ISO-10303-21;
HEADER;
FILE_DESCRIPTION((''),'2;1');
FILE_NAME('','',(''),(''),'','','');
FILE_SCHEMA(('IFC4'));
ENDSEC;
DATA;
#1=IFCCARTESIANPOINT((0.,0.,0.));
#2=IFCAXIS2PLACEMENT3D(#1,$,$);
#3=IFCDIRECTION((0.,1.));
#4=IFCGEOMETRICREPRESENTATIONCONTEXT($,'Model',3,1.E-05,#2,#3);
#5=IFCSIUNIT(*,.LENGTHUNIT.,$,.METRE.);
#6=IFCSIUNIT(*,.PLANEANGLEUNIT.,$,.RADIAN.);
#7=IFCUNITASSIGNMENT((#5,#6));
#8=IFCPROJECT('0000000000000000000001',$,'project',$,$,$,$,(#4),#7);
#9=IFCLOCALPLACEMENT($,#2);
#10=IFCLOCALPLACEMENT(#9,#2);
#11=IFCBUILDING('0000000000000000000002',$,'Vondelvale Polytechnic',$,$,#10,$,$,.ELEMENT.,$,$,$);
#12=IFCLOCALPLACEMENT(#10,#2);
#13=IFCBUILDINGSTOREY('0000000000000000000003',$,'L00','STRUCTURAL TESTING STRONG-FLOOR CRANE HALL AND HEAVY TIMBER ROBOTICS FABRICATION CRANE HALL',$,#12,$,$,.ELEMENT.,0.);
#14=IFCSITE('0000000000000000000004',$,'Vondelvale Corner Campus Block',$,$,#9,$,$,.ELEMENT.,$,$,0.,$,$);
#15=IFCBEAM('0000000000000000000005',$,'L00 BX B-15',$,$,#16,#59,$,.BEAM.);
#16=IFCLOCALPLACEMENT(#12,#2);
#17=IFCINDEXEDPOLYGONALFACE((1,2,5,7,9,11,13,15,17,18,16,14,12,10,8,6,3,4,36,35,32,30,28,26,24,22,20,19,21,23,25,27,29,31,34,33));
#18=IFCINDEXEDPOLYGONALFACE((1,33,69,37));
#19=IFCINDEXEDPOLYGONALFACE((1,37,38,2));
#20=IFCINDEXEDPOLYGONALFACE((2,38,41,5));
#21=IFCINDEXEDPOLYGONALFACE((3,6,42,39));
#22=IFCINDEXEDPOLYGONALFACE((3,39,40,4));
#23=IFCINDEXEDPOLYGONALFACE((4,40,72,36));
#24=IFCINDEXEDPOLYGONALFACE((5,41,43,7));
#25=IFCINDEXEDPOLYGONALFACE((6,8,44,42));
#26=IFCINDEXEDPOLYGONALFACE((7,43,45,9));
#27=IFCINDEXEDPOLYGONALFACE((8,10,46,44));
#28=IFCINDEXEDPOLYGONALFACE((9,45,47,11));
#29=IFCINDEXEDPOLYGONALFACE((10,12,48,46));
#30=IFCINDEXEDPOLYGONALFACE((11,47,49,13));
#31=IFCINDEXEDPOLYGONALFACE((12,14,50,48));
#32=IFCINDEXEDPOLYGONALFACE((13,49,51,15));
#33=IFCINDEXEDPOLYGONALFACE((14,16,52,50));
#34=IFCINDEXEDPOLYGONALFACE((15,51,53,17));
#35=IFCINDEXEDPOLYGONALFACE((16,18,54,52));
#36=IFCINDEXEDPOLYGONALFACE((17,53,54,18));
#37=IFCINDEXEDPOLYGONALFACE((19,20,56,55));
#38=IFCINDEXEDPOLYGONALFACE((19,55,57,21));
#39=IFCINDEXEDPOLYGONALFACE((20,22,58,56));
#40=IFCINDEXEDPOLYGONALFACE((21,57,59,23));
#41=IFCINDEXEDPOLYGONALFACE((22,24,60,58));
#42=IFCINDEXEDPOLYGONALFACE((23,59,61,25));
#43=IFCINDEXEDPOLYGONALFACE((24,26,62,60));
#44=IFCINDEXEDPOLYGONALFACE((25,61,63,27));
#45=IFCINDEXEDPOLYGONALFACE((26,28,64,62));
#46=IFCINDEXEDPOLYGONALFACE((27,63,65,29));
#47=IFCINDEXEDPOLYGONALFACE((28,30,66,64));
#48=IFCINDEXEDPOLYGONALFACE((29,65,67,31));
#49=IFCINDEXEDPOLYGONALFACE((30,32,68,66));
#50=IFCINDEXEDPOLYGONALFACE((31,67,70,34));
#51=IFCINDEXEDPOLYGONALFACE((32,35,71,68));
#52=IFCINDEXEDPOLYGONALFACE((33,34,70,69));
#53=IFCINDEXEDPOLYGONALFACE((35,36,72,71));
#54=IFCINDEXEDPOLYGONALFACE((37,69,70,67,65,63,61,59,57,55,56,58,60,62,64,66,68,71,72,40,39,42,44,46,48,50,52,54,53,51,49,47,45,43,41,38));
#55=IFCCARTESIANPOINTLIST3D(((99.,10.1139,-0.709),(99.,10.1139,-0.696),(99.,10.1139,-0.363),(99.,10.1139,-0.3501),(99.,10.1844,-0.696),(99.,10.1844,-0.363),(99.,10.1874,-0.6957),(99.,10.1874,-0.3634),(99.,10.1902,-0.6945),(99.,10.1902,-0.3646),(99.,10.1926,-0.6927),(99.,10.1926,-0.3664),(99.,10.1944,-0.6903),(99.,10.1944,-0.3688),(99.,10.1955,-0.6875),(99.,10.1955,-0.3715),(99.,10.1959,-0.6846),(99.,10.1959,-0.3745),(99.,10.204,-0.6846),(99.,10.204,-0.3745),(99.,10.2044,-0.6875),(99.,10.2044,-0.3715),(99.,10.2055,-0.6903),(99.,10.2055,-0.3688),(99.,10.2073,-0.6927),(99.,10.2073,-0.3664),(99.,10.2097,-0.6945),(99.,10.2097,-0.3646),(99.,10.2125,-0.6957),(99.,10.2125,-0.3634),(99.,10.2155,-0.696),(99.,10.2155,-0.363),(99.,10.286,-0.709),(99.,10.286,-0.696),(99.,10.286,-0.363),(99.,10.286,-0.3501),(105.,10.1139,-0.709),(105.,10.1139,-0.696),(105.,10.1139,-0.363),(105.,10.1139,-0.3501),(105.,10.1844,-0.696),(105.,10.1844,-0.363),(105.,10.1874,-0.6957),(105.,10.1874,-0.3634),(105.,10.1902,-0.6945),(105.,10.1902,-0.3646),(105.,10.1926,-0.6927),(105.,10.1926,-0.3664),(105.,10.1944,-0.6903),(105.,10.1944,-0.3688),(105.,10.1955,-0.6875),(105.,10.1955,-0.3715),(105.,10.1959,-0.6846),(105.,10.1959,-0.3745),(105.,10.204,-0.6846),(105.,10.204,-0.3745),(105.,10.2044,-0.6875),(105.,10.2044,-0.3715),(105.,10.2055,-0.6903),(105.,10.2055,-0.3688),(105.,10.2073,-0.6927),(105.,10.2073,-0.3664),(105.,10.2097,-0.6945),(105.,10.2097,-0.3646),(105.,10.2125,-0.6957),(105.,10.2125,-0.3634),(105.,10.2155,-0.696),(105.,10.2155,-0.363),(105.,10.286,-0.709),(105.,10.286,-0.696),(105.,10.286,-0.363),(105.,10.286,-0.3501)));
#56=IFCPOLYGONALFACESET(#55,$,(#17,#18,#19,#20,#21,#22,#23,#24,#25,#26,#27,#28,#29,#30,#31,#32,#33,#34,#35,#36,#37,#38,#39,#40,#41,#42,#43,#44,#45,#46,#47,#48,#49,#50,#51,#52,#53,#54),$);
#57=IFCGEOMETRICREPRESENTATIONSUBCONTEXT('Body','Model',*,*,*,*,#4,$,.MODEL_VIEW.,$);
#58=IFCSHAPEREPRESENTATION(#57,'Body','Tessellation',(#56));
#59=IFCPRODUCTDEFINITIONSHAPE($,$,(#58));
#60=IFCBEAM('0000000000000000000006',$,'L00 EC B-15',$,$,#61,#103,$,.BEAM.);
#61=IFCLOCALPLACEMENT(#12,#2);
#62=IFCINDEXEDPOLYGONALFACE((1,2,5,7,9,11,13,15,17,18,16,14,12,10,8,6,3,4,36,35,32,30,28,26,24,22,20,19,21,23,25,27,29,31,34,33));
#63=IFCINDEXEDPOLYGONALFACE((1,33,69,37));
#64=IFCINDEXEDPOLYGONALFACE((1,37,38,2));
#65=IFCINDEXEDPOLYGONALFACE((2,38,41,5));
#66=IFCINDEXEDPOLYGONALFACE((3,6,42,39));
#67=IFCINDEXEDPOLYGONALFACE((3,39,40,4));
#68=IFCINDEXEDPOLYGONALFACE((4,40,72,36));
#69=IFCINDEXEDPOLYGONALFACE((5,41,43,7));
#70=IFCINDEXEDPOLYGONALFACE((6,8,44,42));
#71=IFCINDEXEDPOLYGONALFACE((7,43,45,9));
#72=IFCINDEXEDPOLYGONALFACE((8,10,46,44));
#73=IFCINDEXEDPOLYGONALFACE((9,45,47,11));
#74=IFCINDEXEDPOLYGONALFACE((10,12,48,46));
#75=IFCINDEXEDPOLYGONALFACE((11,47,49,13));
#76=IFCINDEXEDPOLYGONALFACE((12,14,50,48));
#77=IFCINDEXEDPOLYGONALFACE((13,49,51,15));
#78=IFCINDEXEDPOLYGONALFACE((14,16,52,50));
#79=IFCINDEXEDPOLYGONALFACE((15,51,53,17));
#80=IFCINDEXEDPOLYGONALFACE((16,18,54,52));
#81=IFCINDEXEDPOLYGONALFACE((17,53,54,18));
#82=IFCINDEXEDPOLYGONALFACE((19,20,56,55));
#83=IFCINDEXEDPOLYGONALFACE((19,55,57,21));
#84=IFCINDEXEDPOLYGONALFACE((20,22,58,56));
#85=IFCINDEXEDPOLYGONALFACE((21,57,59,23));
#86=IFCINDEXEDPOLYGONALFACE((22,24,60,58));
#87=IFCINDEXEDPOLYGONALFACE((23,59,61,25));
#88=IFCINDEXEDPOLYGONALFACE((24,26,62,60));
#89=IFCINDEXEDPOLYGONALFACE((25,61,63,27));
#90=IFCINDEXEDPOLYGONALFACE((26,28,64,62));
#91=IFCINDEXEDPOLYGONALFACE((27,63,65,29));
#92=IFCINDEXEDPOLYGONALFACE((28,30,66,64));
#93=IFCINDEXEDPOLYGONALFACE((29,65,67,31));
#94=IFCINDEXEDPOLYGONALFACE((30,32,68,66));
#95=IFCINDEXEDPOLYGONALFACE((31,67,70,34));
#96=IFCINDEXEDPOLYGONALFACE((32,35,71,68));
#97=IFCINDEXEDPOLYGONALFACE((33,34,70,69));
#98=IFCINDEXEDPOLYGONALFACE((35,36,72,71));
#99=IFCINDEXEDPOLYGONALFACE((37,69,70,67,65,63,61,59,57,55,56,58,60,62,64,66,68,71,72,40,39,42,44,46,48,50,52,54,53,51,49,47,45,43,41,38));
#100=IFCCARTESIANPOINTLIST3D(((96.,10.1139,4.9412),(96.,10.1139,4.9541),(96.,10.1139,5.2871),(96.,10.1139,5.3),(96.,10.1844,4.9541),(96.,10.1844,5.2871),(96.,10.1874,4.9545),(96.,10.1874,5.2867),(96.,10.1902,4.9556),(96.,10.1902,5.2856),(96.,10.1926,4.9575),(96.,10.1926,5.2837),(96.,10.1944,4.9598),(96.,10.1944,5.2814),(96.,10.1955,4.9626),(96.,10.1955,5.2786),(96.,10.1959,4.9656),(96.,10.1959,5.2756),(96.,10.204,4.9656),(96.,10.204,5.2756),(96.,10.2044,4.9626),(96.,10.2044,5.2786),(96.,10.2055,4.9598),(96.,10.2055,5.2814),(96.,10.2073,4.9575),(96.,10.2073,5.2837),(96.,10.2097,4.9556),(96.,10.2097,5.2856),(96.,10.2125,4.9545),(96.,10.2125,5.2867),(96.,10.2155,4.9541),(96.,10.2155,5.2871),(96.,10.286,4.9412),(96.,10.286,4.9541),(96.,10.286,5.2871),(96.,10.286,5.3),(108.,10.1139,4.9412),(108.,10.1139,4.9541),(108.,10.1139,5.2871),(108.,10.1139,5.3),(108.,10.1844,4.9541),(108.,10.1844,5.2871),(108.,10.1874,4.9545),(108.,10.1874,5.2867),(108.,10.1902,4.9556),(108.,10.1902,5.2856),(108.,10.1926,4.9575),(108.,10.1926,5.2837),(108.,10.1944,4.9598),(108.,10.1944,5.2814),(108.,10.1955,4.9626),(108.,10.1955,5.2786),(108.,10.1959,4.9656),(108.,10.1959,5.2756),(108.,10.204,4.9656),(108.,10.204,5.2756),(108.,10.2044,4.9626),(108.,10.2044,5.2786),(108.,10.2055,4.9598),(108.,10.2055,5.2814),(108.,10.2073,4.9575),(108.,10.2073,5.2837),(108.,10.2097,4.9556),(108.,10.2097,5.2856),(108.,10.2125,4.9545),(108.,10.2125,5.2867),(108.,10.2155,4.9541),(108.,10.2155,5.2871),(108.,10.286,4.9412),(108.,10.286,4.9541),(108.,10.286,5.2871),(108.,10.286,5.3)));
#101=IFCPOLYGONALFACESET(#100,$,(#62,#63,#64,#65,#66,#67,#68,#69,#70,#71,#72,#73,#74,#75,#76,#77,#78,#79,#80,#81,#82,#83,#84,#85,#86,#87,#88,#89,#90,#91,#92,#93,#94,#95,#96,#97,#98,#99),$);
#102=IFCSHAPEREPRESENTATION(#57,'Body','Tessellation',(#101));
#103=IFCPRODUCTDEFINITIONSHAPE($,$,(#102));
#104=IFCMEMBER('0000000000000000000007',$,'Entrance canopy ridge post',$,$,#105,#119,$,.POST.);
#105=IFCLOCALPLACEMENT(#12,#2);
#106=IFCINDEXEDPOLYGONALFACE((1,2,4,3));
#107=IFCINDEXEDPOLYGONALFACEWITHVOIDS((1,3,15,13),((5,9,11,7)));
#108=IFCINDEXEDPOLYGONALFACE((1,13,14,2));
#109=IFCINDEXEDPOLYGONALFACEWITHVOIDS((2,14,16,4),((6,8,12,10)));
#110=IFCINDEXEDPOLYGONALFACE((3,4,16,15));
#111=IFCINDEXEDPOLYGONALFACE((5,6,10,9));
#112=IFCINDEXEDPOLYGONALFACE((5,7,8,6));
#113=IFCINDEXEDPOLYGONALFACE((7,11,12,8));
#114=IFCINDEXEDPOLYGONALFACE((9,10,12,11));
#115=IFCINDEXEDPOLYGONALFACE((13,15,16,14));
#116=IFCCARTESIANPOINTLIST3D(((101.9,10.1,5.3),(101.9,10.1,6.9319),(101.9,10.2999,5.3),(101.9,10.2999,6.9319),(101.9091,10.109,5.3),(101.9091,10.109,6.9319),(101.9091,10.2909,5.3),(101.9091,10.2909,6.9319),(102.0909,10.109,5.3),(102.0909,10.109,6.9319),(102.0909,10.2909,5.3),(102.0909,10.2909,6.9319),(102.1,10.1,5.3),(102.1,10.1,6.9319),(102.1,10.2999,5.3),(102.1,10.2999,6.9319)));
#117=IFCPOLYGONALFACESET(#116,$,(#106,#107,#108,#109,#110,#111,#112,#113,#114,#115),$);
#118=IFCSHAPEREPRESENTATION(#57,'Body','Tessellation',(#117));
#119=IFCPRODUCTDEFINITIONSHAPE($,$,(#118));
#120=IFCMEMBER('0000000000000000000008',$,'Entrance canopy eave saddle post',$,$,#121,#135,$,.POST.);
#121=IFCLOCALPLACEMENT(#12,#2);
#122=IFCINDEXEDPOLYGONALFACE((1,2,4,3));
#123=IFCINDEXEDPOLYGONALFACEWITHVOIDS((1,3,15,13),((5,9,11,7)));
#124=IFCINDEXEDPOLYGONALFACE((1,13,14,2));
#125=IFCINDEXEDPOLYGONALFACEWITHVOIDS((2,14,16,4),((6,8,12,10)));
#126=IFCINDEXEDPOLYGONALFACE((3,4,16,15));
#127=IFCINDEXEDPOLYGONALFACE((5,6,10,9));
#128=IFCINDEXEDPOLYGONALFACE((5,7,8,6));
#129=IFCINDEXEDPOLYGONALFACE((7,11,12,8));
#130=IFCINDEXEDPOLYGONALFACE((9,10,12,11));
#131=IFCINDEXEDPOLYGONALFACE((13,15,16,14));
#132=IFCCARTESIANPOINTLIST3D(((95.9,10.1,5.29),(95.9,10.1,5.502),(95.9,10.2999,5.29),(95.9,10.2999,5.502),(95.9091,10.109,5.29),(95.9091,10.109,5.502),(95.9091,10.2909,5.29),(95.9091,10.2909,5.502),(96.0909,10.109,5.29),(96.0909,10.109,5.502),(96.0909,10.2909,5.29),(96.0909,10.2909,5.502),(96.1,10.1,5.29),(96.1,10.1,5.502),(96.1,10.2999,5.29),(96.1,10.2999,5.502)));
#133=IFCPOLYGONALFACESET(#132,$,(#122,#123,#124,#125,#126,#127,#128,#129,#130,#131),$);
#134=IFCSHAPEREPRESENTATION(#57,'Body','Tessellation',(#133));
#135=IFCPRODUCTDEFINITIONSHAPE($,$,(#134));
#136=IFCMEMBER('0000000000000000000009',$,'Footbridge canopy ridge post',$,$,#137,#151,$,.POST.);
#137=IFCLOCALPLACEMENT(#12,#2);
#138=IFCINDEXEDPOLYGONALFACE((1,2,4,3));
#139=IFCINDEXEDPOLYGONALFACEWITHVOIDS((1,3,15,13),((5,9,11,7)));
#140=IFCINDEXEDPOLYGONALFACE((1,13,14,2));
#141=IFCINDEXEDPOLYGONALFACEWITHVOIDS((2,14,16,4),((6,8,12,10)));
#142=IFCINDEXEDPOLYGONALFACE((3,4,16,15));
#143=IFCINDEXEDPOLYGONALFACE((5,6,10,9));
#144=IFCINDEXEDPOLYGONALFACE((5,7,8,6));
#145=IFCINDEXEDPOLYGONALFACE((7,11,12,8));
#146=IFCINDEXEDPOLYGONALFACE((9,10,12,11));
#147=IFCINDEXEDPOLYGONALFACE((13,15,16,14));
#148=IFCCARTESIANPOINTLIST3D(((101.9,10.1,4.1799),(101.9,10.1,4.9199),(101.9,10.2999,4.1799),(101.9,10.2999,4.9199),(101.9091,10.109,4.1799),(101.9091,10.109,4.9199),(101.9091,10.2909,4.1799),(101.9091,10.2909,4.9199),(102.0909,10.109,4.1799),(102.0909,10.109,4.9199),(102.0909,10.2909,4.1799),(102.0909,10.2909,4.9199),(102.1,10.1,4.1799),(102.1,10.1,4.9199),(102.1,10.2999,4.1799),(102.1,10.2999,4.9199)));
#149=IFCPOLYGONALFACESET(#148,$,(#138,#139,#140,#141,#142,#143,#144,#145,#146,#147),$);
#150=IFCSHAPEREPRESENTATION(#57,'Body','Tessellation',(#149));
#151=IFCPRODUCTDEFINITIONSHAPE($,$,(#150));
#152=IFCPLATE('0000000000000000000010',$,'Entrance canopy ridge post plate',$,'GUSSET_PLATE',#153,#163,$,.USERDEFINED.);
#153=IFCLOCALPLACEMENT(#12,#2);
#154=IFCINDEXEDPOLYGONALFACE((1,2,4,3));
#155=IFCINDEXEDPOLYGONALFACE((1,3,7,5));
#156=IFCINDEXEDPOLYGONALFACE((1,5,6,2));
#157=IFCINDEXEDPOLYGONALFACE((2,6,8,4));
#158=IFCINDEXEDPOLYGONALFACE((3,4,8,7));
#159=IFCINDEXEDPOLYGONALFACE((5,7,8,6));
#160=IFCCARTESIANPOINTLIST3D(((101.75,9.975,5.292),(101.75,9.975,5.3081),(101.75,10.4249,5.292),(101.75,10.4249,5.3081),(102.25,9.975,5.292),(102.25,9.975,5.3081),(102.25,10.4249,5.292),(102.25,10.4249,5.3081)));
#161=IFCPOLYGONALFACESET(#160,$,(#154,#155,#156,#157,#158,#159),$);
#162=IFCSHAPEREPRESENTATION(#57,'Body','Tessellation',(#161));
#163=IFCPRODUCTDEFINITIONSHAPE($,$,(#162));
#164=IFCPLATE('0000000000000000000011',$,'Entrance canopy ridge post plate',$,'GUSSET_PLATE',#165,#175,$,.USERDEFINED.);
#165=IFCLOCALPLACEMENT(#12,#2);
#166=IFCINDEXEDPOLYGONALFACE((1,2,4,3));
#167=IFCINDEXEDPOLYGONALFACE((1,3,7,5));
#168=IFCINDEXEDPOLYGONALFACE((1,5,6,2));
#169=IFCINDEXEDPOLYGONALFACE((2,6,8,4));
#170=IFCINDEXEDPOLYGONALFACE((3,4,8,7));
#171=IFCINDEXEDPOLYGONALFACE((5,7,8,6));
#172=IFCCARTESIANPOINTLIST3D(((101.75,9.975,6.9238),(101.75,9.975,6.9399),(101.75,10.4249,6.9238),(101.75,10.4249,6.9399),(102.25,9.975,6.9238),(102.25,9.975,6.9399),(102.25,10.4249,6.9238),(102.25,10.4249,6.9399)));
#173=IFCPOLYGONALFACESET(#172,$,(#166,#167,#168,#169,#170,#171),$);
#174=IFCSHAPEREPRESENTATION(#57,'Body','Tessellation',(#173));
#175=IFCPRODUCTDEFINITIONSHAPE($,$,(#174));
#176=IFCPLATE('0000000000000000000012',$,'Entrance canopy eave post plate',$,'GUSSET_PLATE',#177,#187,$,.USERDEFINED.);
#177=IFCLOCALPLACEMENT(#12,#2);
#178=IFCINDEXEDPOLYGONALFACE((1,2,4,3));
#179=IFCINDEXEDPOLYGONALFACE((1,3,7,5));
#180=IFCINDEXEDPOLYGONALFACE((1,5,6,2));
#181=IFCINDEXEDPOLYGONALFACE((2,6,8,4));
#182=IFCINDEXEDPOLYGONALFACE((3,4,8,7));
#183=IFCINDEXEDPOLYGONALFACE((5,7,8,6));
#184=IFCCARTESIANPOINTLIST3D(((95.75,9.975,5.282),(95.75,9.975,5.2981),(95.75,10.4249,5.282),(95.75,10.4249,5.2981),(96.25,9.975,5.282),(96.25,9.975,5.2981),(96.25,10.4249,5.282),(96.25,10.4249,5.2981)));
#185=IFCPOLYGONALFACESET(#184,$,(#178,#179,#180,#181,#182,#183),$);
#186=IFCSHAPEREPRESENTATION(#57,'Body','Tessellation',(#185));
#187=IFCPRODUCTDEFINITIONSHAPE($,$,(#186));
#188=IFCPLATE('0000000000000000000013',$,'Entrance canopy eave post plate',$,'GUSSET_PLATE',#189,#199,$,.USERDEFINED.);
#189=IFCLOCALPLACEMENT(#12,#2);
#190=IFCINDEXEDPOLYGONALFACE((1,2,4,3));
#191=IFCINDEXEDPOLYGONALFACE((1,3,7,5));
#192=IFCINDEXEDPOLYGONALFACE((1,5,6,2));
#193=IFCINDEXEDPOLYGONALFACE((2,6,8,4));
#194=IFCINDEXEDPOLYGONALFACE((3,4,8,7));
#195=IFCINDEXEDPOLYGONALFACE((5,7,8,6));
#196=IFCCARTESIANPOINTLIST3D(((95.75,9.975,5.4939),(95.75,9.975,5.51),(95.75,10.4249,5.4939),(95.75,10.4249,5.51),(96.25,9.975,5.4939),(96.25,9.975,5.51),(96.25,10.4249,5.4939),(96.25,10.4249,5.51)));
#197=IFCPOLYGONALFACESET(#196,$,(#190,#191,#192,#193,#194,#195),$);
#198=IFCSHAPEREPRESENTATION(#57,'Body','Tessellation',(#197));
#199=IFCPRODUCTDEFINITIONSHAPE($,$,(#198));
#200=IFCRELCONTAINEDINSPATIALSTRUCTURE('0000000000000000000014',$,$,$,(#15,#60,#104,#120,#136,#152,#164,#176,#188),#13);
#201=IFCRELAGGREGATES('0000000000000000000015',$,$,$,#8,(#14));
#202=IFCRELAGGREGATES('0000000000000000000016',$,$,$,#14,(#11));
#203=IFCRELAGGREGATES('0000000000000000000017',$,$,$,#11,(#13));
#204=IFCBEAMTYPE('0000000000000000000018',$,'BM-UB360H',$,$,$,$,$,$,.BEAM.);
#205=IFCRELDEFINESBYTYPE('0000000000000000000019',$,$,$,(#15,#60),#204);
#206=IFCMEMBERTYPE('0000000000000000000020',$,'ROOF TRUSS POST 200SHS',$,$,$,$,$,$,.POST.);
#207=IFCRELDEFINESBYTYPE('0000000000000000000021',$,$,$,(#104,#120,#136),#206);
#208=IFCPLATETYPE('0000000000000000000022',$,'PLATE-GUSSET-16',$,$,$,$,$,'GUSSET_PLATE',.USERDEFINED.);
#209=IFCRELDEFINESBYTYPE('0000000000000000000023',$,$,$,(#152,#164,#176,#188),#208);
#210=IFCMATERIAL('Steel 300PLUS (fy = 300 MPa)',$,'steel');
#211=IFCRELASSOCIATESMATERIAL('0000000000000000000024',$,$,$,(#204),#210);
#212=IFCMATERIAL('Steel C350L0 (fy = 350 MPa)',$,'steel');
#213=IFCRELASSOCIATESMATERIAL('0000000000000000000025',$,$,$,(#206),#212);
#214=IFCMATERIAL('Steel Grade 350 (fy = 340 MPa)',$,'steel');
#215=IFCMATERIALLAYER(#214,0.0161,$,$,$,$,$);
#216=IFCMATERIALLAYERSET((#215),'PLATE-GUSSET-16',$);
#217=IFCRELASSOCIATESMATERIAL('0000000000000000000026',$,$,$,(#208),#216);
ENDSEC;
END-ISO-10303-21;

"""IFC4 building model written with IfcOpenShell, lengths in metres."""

from ifc_helpers import new_model, si_unit, direction, frame, origin, origin_2d, place, context, subcontext, project, spatial, rectangle, hollow_rectangle, i_section, extrude, material, layer, layer_set, material_profile, profile_set, type_object, element, save


model = new_model("IFC4")

# Units and contexts
model_context = context("Model", 3, precision=1e-05, world=origin(), true_north=direction((0.0, 1.0)))
body_context = subcontext(model_context, "Body", "Model", "MODEL_VIEW")
ifc_project = project(units=[si_unit("LENGTHUNIT", "METRE"), si_unit("PLANEANGLEUNIT", "RADIAN")], contexts=[model_context])

# Site, building, storey
site_placement = place(None, origin())
site = spatial("IfcSite", under=ifc_project, at=site_placement, Name="Vondelvale Corner Campus Block", CompositionType="ELEMENT", RefElevation=0.0)
building_placement = place(site_placement, origin())
building = spatial("IfcBuilding", under=site, at=building_placement, Name="Vondelvale Polytechnic", CompositionType="ELEMENT")
storey_placement = place(building_placement, origin())
storey = spatial("IfcBuildingStorey", under=building, at=storey_placement, Name="L00", Description="STRUCTURAL TESTING STRONG-FLOOR CRANE HALL AND HEAVY TIMBER ROBOTICS FABRICATION CRANE HALL", CompositionType="ELEMENT", Elevation=0.0)

# Shared definitions
ifc_material_1 = material(Name="Steel C350L0 (fy = 350 MPa)", Category="steel")
ifc_material_2 = material(Name="Steel 300PLUS (fy = 300 MPa)", Category="steel")

# Beams
ifc_material_profile_1 = material_profile(ifc_material_2, i_section(OverallWidth=0.1721, OverallDepth=0.3589, WebThickness=0.0081, FlangeThickness=0.0129, FilletRadius=0.0115, at=origin_2d()), Name="360UB56.7")
ifc_profile_set_1 = profile_set([ifc_material_profile_1], Name="Steel 300PLUS (fy = 300 MPa)")
beam_type_1 = type_object("IfcBeamType", Name="BM-UB360H", PredefinedType="BEAM", material=ifc_profile_set_1)
beam_1_placement = place(storey_placement, frame((99.0, 10.2, -0.5295), z_axis=(1.0, 0.0, 0.0), x_axis=(0.0, 1.0, 0.0)))
element("IfcBeam", 1, at=beam_1_placement, inside=storey, type_object=beam_type_1, Name="L00 BX B-15", PredefinedType="BEAM", context=body_context, shape_type="SweptSolid", body=[
    extrude(i_section(OverallWidth=0.1721, OverallDepth=0.3589, WebThickness=0.0081, FlangeThickness=0.0129, FilletRadius=0.0115, at=origin_2d()), origin(), (0.0, 0.0, 1.0), 6.0),
])
beam_2_placement = place(storey_placement, frame((96.0, 10.2, 5.1206), z_axis=(1.0, 0.0, 0.0), x_axis=(0.0, 1.0, 0.0)))
element("IfcBeam", 2, at=beam_2_placement, inside=storey, type_object=beam_type_1, Name="L00 EC B-15", PredefinedType="BEAM", context=body_context, shape_type="SweptSolid", body=[
    extrude(i_section(OverallWidth=0.1721, OverallDepth=0.3589, WebThickness=0.0081, FlangeThickness=0.0129, FilletRadius=0.0115, at=origin_2d()), origin(), (0.0, 0.0, 1.0), 12.0),
])

# Members
ifc_material_profile_2 = material_profile(ifc_material_1, hollow_rectangle(XDim=0.2, YDim=0.2, WallThickness=0.009, at=origin_2d()), Name="200x200x9.0SHS")
ifc_profile_set_2 = profile_set([ifc_material_profile_2], Name="Steel C350L0 (fy = 350 MPa)")
member_type = type_object("IfcMemberType", Name="ROOF TRUSS POST 200SHS", PredefinedType="POST", material=ifc_profile_set_2)
member_1_placement = place(storey_placement, frame((102.0, 10.2, 5.3), z_axis=(0.0, 0.0, 1.0), x_axis=(1.0, 0.0, 0.0)))
element("IfcMember", 3, at=member_1_placement, inside=storey, type_object=member_type, Name="Entrance canopy ridge post", PredefinedType="POST", context=body_context, shape_type="SweptSolid", body=[
    extrude(hollow_rectangle(XDim=0.2, YDim=0.2, WallThickness=0.009, at=origin_2d()), origin(), (0.0, 0.0, 1.0), 1.6318),
])
member_2_placement = place(storey_placement, frame((96.0, 10.2, 5.29), z_axis=(0.0, 0.0, 1.0), x_axis=(1.0, 0.0, 0.0)))
element("IfcMember", 4, at=member_2_placement, inside=storey, type_object=member_type, Name="Entrance canopy eave saddle post", PredefinedType="POST", context=body_context, shape_type="SweptSolid", body=[
    extrude(hollow_rectangle(XDim=0.2, YDim=0.2, WallThickness=0.009, at=origin_2d()), origin(), (0.0, 0.0, 1.0), 0.2119),
])
member_3_placement = place(storey_placement, frame((102.0, 10.2, 4.1799), z_axis=(0.0, 0.0, 1.0), x_axis=(1.0, 0.0, 0.0)))
element("IfcMember", 5, at=member_3_placement, inside=storey, type_object=member_type, Name="Footbridge canopy ridge post", PredefinedType="POST", context=body_context, shape_type="SweptSolid", body=[
    extrude(hollow_rectangle(XDim=0.2, YDim=0.2, WallThickness=0.009, at=origin_2d()), origin(), (0.0, 0.0, 1.0), 0.74),
])

# Plates
ifc_material_3 = material(Name="Steel Grade 350 (fy = 340 MPa)", Category="steel")
ifc_layer_1 = layer(ifc_material_3, 0.0161)
ifc_layer_set_1 = layer_set([ifc_layer_1], Name="PLATE-GUSSET-16")
plate_type = type_object("IfcPlateType", Name="PLATE-GUSSET-16", ElementType="GUSSET_PLATE", PredefinedType="USERDEFINED", material=ifc_layer_set_1)
for number, where, z_axis, x_axis, name in (
    (6, (102.0, 10.2, 5.292), (0.0, 0.0, 1.0), (1.0, 0.0, 0.0), "Entrance canopy ridge post plate"),
    (7, (102.0, 10.2, 6.9238), (0.0, 0.0, 1.0), (1.0, 0.0, 0.0), "Entrance canopy ridge post plate"),
    (8, (96.0, 10.2, 5.282), (0.0, 0.0, 1.0), (1.0, 0.0, 0.0), "Entrance canopy eave post plate"),
    (9, (96.0, 10.2, 5.4939), (0.0, 0.0, 1.0), (1.0, 0.0, 0.0), "Entrance canopy eave post plate"),
):
    element("IfcPlate", number, at=place(storey_placement, frame(where, z_axis=z_axis, x_axis=x_axis)), inside=storey, type_object=plate_type, Name=name, ObjectType="GUSSET_PLATE", PredefinedType="USERDEFINED", context=body_context, shape_type="SweptSolid", body=[
        extrude(rectangle(XDim=0.5, YDim=0.45, at=origin_2d()), origin(), (0.0, 0.0, 1.0), 0.0161),
    ])

save(model, "model.ifc")
